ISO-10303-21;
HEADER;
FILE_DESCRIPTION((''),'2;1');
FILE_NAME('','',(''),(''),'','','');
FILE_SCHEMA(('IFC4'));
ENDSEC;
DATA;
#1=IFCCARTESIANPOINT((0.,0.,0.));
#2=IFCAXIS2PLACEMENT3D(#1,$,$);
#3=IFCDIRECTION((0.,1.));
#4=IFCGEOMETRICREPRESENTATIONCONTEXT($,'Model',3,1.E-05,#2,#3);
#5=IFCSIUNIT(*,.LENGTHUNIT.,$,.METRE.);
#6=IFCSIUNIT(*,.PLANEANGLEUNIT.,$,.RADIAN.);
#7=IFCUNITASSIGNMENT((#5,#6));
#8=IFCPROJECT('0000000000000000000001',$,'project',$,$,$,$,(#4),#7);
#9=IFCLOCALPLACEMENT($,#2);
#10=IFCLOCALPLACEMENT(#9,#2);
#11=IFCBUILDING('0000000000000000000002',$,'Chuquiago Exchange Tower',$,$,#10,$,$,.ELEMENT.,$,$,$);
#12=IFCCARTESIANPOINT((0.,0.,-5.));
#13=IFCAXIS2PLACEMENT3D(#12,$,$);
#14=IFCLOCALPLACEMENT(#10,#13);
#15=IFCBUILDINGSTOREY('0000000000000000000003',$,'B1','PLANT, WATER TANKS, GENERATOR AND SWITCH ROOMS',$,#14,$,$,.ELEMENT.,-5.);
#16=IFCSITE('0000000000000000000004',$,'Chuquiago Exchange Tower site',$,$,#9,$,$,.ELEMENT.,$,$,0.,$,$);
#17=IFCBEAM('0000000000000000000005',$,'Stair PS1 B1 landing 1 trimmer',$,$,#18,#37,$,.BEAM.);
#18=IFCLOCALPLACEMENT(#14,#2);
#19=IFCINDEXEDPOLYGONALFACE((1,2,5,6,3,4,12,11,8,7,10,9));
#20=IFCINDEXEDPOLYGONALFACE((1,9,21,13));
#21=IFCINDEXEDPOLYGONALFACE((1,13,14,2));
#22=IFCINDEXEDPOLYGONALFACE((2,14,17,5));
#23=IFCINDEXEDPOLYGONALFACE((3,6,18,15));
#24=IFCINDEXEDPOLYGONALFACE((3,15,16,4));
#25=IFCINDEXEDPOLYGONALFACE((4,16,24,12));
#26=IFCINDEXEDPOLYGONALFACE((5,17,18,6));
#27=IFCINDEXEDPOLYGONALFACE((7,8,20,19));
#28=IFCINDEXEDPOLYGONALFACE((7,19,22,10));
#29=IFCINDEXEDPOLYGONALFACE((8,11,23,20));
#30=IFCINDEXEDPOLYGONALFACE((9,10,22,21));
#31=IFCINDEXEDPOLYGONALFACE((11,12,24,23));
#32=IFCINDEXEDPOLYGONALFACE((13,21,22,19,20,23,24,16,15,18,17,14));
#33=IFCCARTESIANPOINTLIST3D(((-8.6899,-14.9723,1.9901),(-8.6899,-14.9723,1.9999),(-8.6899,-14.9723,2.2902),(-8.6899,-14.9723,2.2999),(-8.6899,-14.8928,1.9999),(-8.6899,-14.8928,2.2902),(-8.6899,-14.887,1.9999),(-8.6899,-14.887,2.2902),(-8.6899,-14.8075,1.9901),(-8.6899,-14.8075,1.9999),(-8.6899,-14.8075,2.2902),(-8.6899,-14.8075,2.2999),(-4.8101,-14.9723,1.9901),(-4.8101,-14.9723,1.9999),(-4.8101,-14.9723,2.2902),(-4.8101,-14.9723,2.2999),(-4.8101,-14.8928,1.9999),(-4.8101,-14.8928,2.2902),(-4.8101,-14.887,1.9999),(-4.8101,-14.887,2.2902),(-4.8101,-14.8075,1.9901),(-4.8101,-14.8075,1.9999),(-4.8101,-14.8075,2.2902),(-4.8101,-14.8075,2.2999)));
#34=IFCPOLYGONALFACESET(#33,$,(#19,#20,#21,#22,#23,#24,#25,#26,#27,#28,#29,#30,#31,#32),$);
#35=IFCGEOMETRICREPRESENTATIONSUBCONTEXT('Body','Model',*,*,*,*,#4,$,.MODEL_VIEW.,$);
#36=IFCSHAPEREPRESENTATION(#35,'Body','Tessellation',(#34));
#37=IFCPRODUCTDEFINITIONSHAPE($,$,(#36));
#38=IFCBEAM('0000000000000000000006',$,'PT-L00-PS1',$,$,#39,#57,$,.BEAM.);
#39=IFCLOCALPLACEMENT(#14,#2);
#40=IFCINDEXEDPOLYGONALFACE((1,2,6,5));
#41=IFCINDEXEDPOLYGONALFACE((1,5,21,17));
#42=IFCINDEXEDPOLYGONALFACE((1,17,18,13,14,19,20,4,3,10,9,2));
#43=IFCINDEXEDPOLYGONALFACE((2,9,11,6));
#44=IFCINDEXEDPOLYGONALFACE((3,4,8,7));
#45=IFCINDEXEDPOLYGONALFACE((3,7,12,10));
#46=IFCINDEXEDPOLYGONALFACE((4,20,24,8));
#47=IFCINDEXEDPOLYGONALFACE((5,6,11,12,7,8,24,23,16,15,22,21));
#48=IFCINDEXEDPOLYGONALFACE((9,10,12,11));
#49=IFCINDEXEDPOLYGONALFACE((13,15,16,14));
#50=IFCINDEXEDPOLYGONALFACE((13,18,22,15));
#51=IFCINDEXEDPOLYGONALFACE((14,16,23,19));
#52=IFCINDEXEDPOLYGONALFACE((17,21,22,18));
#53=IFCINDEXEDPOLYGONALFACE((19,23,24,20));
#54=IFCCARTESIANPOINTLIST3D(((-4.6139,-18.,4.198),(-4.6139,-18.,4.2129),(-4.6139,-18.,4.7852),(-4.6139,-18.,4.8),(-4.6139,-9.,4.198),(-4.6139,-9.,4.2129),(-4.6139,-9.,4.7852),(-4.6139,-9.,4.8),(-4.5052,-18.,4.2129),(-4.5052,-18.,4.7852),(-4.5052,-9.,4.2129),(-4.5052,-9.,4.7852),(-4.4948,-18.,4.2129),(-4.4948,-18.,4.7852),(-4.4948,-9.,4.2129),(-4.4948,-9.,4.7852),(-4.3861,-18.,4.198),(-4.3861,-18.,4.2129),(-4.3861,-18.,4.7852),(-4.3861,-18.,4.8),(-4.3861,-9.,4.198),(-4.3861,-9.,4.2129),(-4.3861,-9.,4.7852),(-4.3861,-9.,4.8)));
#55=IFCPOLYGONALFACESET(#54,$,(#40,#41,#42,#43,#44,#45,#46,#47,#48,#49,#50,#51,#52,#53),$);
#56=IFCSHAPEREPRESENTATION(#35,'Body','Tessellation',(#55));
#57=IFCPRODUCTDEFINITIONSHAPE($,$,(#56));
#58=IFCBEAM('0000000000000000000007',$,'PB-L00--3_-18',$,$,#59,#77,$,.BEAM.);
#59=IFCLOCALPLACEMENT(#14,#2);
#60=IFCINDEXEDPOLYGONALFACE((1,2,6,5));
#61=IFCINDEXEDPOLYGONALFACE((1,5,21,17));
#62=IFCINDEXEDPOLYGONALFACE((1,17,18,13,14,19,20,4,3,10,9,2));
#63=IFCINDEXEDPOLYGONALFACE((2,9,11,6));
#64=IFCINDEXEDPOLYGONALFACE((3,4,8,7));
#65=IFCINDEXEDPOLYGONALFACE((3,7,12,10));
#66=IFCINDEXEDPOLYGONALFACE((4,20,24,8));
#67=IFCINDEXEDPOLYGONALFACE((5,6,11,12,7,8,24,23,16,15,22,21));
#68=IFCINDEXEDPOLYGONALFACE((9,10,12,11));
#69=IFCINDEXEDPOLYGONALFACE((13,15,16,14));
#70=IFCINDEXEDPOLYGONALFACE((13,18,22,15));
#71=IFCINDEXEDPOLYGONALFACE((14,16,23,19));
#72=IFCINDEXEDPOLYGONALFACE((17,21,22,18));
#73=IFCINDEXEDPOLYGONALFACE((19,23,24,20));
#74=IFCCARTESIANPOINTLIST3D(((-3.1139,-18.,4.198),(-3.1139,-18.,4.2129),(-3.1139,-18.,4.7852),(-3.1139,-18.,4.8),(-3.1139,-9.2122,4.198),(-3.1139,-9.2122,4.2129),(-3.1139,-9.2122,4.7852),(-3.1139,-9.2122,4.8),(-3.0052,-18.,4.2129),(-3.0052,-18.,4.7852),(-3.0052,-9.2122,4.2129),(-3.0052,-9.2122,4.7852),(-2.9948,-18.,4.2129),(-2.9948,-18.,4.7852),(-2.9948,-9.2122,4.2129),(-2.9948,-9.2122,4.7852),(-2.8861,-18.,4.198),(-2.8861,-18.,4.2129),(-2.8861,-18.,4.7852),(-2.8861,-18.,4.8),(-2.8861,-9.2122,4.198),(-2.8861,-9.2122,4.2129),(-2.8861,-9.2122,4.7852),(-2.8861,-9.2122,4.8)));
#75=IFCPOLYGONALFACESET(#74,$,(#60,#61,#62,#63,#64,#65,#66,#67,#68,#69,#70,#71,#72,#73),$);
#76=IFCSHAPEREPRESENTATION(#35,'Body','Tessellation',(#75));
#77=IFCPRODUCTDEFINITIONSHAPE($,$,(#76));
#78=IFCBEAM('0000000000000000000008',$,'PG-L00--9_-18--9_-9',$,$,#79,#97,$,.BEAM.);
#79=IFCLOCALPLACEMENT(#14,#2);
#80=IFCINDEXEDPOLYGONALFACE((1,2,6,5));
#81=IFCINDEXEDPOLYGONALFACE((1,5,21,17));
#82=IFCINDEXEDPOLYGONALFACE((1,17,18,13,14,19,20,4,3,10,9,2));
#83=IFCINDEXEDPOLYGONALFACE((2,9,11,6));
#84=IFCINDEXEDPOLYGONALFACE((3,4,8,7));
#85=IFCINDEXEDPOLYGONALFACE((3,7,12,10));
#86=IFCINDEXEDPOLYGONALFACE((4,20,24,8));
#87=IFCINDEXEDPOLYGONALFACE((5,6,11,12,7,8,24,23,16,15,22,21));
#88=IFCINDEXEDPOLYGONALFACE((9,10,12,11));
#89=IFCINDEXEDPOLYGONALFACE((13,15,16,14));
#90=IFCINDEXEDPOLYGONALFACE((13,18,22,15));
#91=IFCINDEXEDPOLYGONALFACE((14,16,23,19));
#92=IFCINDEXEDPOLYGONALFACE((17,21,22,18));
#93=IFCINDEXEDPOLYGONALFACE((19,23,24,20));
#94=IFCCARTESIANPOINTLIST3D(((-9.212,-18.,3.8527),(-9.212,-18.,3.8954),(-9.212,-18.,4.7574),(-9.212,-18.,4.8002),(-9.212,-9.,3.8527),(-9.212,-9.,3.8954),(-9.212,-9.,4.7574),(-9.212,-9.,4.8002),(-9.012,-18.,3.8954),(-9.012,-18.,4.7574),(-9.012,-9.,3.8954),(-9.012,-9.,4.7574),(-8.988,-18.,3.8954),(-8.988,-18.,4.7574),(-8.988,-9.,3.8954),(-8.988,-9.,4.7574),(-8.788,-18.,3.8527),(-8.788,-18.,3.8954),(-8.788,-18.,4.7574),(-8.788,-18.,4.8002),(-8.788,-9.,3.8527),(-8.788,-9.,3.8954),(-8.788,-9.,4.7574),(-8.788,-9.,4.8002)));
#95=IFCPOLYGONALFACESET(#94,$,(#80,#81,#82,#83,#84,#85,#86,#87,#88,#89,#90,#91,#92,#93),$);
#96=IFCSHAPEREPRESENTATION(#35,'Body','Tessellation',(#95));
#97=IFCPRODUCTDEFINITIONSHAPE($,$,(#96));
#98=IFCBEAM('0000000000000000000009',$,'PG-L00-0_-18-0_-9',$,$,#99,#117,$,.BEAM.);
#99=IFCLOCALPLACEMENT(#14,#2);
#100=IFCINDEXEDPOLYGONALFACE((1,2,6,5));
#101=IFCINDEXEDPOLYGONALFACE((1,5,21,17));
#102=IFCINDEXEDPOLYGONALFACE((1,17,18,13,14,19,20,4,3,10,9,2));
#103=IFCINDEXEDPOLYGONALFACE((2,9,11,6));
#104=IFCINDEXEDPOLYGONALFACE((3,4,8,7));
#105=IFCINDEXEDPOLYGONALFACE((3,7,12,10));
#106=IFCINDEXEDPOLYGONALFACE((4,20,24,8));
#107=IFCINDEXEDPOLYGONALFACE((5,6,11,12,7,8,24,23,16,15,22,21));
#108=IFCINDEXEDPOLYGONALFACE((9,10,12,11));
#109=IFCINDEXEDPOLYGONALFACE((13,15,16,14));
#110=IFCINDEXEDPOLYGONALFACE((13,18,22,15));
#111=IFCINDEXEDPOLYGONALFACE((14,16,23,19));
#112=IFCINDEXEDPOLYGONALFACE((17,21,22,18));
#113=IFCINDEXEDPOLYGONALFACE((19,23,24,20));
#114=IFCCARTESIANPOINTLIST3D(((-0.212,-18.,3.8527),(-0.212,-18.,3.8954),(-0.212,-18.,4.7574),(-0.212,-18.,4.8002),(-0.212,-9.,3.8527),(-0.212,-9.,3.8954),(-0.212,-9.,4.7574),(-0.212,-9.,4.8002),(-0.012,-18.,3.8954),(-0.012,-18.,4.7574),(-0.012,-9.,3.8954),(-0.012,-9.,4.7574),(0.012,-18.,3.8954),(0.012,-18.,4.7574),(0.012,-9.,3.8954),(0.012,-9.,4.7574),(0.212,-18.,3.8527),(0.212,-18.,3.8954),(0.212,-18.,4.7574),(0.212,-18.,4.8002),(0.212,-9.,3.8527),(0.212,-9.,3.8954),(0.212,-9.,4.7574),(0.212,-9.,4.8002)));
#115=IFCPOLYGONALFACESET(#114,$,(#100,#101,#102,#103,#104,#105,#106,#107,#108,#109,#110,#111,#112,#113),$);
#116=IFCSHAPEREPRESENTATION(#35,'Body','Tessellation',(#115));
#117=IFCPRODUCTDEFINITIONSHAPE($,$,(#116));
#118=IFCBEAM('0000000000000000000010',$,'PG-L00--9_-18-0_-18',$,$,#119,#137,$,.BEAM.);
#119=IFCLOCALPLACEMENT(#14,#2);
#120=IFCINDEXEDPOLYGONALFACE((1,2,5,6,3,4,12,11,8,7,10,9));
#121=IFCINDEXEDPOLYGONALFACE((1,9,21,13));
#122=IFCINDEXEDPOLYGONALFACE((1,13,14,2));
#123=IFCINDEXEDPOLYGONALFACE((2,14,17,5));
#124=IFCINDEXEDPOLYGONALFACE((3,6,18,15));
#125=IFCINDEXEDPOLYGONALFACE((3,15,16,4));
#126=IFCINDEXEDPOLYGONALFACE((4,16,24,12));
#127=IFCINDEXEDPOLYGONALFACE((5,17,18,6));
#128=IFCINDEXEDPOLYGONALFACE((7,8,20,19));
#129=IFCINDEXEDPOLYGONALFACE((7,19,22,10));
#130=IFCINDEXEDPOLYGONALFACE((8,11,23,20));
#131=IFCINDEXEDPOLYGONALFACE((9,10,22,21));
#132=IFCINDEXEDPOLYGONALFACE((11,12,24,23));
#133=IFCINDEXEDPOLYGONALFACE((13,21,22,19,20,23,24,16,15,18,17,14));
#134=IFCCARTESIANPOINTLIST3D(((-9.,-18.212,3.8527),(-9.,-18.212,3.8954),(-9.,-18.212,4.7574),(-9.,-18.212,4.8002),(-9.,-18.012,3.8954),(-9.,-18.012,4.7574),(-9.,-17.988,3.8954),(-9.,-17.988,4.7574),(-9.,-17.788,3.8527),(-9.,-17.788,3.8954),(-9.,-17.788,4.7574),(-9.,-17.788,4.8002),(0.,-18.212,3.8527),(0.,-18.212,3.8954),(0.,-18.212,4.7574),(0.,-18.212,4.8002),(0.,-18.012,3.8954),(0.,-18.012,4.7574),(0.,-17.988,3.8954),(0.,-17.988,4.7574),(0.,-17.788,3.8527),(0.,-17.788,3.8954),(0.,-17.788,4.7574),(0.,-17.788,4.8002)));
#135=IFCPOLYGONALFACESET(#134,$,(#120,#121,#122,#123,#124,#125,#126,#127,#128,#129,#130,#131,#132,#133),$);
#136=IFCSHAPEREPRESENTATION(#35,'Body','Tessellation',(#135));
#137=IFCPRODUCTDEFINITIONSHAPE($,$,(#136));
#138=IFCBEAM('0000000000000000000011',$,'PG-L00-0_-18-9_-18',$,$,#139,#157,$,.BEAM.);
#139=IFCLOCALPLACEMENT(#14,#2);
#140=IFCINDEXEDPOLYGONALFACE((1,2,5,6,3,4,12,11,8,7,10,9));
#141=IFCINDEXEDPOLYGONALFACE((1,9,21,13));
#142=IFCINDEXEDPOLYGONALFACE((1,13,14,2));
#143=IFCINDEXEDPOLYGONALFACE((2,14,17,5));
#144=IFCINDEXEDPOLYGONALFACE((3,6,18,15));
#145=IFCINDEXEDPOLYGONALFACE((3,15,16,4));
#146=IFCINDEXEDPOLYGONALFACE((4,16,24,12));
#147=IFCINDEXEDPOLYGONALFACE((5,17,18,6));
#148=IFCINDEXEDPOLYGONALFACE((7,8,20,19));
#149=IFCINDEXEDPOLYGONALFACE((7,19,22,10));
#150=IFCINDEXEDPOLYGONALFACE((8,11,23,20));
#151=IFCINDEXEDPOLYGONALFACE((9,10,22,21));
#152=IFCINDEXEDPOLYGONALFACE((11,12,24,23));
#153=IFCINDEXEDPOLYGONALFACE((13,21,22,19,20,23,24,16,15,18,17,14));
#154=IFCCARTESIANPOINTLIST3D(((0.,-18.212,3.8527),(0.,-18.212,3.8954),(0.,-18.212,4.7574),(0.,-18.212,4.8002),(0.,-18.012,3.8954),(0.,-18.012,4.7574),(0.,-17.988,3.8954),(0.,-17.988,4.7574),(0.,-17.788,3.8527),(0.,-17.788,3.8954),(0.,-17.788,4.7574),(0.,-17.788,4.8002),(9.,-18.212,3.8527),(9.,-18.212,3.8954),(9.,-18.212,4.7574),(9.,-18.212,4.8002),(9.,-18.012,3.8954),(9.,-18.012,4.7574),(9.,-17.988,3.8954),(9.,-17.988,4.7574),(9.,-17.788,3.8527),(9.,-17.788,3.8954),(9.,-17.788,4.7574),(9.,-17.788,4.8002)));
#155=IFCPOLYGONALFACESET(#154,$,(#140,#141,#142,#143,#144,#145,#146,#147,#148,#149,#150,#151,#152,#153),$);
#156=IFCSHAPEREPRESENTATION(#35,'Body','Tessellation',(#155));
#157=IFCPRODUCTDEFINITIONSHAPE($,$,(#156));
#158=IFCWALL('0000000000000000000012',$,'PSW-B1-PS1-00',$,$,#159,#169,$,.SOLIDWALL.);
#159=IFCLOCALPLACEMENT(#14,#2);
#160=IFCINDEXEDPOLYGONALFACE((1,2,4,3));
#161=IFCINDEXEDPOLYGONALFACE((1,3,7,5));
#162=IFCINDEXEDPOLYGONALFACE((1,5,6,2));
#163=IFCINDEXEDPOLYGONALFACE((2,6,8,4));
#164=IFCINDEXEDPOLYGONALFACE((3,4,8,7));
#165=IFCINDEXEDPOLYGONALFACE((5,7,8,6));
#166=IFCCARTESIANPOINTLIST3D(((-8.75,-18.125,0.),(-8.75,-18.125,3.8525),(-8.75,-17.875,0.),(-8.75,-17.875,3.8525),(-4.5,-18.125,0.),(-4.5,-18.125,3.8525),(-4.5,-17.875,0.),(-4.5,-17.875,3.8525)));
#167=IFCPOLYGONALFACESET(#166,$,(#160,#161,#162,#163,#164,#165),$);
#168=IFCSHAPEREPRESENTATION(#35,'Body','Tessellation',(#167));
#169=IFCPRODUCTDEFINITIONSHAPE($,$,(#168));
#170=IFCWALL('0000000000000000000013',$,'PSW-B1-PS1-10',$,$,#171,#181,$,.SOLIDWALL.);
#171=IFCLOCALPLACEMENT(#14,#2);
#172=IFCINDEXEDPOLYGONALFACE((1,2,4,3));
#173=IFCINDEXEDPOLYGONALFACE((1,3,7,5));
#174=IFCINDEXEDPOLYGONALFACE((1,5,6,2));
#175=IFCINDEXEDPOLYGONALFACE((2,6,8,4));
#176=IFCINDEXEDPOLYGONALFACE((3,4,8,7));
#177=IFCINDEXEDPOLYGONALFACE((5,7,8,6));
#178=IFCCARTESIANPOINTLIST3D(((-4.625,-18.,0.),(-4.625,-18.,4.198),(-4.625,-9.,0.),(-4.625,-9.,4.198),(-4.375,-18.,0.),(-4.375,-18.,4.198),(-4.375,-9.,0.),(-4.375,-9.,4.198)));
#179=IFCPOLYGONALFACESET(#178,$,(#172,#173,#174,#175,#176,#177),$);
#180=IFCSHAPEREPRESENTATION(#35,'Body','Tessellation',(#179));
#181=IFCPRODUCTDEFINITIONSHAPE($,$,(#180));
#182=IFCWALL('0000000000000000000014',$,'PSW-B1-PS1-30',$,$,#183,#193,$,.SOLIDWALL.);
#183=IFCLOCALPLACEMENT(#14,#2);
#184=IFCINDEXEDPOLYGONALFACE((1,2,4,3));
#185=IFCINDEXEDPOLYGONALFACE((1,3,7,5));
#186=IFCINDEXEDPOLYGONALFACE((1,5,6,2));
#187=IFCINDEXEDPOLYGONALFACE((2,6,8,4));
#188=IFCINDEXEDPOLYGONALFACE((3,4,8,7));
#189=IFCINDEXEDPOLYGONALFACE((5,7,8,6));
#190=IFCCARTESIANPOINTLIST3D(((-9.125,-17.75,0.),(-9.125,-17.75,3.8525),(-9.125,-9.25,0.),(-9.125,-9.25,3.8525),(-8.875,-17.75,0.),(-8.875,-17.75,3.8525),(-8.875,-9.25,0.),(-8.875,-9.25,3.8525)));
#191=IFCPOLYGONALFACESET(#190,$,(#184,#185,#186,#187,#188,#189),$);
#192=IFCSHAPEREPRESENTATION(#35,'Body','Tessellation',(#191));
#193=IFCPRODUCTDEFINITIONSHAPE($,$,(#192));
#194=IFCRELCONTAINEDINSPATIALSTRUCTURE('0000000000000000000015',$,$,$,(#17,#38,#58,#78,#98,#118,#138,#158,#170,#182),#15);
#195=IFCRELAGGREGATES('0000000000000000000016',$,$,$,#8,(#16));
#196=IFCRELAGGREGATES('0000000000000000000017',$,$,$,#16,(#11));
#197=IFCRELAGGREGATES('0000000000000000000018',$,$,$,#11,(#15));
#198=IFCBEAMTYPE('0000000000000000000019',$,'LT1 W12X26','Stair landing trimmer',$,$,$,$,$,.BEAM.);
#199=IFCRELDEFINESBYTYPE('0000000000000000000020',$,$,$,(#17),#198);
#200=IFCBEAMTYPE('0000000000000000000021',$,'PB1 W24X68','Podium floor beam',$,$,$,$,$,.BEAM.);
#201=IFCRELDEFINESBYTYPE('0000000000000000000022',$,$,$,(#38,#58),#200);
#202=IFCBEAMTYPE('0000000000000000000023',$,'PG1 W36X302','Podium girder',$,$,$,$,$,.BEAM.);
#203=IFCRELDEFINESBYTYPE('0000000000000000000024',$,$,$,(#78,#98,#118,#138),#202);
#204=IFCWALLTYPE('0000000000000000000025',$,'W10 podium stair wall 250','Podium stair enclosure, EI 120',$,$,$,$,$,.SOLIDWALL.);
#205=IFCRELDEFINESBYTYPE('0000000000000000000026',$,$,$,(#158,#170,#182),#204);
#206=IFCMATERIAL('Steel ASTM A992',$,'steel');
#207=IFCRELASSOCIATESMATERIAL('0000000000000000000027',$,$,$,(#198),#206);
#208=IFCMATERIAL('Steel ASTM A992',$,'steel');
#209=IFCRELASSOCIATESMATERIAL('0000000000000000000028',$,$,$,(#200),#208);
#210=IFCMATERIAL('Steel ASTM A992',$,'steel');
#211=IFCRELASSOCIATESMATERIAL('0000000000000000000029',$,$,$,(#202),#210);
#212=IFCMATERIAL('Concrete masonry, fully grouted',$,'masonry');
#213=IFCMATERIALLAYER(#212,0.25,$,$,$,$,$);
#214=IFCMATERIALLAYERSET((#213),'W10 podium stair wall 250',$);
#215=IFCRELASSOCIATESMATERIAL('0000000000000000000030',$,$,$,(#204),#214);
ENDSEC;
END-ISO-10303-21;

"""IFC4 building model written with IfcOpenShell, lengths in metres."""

from ifc_helpers import new_model, si_unit, direction, frame, frame_2d, origin, origin_2d, place, context, subcontext, project, spatial, rectangle, i_section, extrude, material, layer, layer_set, material_profile, profile_set, type_object, element, save


model = new_model("IFC4")

# Units and contexts
model_context = context("Model", 3, precision=1e-05, world=origin(), true_north=direction((0.0, 1.0)))
body_context = subcontext(model_context, "Body", "Model", "MODEL_VIEW")
ifc_project = project(units=[si_unit("LENGTHUNIT", "METRE"), si_unit("PLANEANGLEUNIT", "RADIAN")], contexts=[model_context])

# Site, building, storey
site_placement = place(None, origin())
site = spatial("IfcSite", under=ifc_project, at=site_placement, Name="Chuquiago Exchange Tower site", CompositionType="ELEMENT", RefElevation=0.0)
building_placement = place(site_placement, origin())
building = spatial("IfcBuilding", under=site, at=building_placement, Name="Chuquiago Exchange Tower", CompositionType="ELEMENT")
storey_placement = place(building_placement, frame((0.0, 0.0, -5.0)))
storey = spatial("IfcBuildingStorey", under=building, at=storey_placement, Name="B1", Description="PLANT, WATER TANKS, GENERATOR AND SWITCH ROOMS", CompositionType="ELEMENT", Elevation=-5.0)

# Beams
ifc_material_1 = material(Name="Steel ASTM A992", Category="steel")
ifc_material_profile_1 = material_profile(ifc_material_1, i_section(OverallWidth=0.1648, OverallDepth=0.3098, WebThickness=0.0059, FlangeThickness=0.0098, at=origin_2d()), Name="W12X26")
ifc_profile_set_1 = profile_set([ifc_material_profile_1], Name="Steel ASTM A992")
beam_type_1 = type_object("IfcBeamType", Name="LT1 W12X26", Description="Stair landing trimmer", PredefinedType="BEAM", material=ifc_profile_set_1)
beam_1_placement = place(storey_placement, frame((-8.6899, -14.8899, 2.145), z_axis=(1.0, 0.0, 0.0), x_axis=(0.0, 1.0, 0.0)))
element("IfcBeam", 1, at=beam_1_placement, inside=storey, type_object=beam_type_1, Name="Stair PS1 B1 landing 1 trimmer", PredefinedType="BEAM", context=body_context, shape_type="SweptSolid", body=[
    extrude(i_section(OverallWidth=0.1648, OverallDepth=0.3098, WebThickness=0.0059, FlangeThickness=0.0098, at=origin_2d()), origin(), (0.0, 0.0, 1.0), 3.8799),
])
ifc_material_2 = material(Name="Steel ASTM A992", Category="steel")
ifc_material_profile_2 = material_profile(ifc_material_2, i_section(OverallWidth=0.2278, OverallDepth=0.6021, WebThickness=0.0105, FlangeThickness=0.0149, at=origin_2d()), Name="W24X68")
ifc_profile_set_2 = profile_set([ifc_material_profile_2], Name="Steel ASTM A992")
beam_type_2 = type_object("IfcBeamType", Name="PB1 W24X68", Description="Podium floor beam", PredefinedType="BEAM", material=ifc_profile_set_2)
beam_2_placement = place(storey_placement, frame((-4.5, -18.0, 4.499), z_axis=(0.0, 1.0, 0.0), x_axis=(-1.0, 0.0, 0.0)))
element("IfcBeam", 2, at=beam_2_placement, inside=storey, type_object=beam_type_2, Name="PT-L00-PS1", PredefinedType="BEAM", context=body_context, shape_type="SweptSolid", body=[
    extrude(i_section(OverallWidth=0.2278, OverallDepth=0.6021, WebThickness=0.0105, FlangeThickness=0.0149, at=origin_2d()), origin(), (0.0, 0.0, 1.0), 9.0),
])
beam_3_placement = place(storey_placement, frame((-3.0, -18.0, 4.499), z_axis=(0.0, 1.0, 0.0), x_axis=(-1.0, 0.0, 0.0)))
element("IfcBeam", 3, at=beam_3_placement, inside=storey, type_object=beam_type_2, Name="PB-L00--3_-18", PredefinedType="BEAM", context=body_context, shape_type="SweptSolid", body=[
    extrude(i_section(OverallWidth=0.2278, OverallDepth=0.6021, WebThickness=0.0105, FlangeThickness=0.0149, at=origin_2d()), origin(), (0.0, 0.0, 1.0), 8.7878),
])
ifc_material_3 = material(Name="Steel ASTM A992", Category="steel")
ifc_material_profile_3 = material_profile(ifc_material_3, i_section(OverallWidth=0.4241, OverallDepth=0.9475, WebThickness=0.0239, FlangeThickness=0.0427, at=origin_2d()), Name="W36X302")
ifc_profile_set_3 = profile_set([ifc_material_profile_3], Name="Steel ASTM A992")
beam_type_3 = type_object("IfcBeamType", Name="PG1 W36X302", Description="Podium girder", PredefinedType="BEAM", material=ifc_profile_set_3)
for number, where, z_axis, x_axis, name in (
    (4, (-9.0, -18.0, 4.3264), (0.0, 1.0, 0.0), (-1.0, 0.0, 0.0), "PG-L00--9_-18--9_-9"),
    (5, (0.0, -18.0, 4.3264), (0.0, 1.0, 0.0), (-1.0, 0.0, 0.0), "PG-L00-0_-18-0_-9"),
    (6, (-9.0, -18.0, 4.3264), (1.0, 0.0, 0.0), (0.0, 1.0, 0.0), "PG-L00--9_-18-0_-18"),
    (7, (0.0, -18.0, 4.3264), (1.0, 0.0, 0.0), (0.0, 1.0, 0.0), "PG-L00-0_-18-9_-18"),
):
    element("IfcBeam", number, at=place(storey_placement, frame(where, z_axis=z_axis, x_axis=x_axis)), inside=storey, type_object=beam_type_3, Name=name, PredefinedType="BEAM", context=body_context, shape_type="SweptSolid", body=[
        extrude(i_section(OverallWidth=0.4241, OverallDepth=0.9475, WebThickness=0.0239, FlangeThickness=0.0427, at=origin_2d()), origin(), (0.0, 0.0, 1.0), 9.0),
    ])

# Walls
ifc_material_4 = material(Name="Concrete masonry, fully grouted", Category="masonry")
ifc_layer_1 = layer(ifc_material_4, 0.25)
ifc_layer_set_1 = layer_set([ifc_layer_1], Name="W10 podium stair wall 250")
wall_type_1 = type_object("IfcWallType", Name="W10 podium stair wall 250", Description="Podium stair enclosure, EI 120", PredefinedType="SOLIDWALL", material=ifc_layer_set_1)
wall_1_placement = place(storey_placement, frame((-8.75, -18.0, 0.0), z_axis=(0.0, 0.0, 1.0), x_axis=(1.0, 0.0, 0.0)))
element("IfcWall", 8, at=wall_1_placement, inside=storey, type_object=wall_type_1, Name="PSW-B1-PS1-00", PredefinedType="SOLIDWALL", context=body_context, shape_type="SweptSolid", body=[
    extrude(rectangle(XDim=4.25, YDim=0.25, at=frame_2d((2.125, 0.0))), origin(), (0.0, 0.0, 1.0), 3.8525),
])
wall_2_placement = place(storey_placement, frame((-4.5, -18.0, 0.0), z_axis=(0.0, 0.0, 1.0), x_axis=(0.0, 1.0, 0.0)))
element("IfcWall", 9, at=wall_2_placement, inside=storey, type_object=wall_type_1, Name="PSW-B1-PS1-10", PredefinedType="SOLIDWALL", context=body_context, shape_type="SweptSolid", body=[
    extrude(rectangle(XDim=9.0, YDim=0.25, at=frame_2d((4.5, 0.0))), origin(), (0.0, 0.0, 1.0), 4.198),
])
wall_3_placement = place(storey_placement, frame((-9.0, -17.75, 0.0), z_axis=(0.0, 0.0, 1.0), x_axis=(0.0, 1.0, 0.0)))
element("IfcWall", 10, at=wall_3_placement, inside=storey, type_object=wall_type_1, Name="PSW-B1-PS1-30", PredefinedType="SOLIDWALL", context=body_context, shape_type="SweptSolid", body=[
    extrude(rectangle(XDim=8.5, YDim=0.25, at=frame_2d((4.25, 0.0))), origin(), (0.0, 0.0, 1.0), 3.8525),
])

save(model, "model.ifc")
